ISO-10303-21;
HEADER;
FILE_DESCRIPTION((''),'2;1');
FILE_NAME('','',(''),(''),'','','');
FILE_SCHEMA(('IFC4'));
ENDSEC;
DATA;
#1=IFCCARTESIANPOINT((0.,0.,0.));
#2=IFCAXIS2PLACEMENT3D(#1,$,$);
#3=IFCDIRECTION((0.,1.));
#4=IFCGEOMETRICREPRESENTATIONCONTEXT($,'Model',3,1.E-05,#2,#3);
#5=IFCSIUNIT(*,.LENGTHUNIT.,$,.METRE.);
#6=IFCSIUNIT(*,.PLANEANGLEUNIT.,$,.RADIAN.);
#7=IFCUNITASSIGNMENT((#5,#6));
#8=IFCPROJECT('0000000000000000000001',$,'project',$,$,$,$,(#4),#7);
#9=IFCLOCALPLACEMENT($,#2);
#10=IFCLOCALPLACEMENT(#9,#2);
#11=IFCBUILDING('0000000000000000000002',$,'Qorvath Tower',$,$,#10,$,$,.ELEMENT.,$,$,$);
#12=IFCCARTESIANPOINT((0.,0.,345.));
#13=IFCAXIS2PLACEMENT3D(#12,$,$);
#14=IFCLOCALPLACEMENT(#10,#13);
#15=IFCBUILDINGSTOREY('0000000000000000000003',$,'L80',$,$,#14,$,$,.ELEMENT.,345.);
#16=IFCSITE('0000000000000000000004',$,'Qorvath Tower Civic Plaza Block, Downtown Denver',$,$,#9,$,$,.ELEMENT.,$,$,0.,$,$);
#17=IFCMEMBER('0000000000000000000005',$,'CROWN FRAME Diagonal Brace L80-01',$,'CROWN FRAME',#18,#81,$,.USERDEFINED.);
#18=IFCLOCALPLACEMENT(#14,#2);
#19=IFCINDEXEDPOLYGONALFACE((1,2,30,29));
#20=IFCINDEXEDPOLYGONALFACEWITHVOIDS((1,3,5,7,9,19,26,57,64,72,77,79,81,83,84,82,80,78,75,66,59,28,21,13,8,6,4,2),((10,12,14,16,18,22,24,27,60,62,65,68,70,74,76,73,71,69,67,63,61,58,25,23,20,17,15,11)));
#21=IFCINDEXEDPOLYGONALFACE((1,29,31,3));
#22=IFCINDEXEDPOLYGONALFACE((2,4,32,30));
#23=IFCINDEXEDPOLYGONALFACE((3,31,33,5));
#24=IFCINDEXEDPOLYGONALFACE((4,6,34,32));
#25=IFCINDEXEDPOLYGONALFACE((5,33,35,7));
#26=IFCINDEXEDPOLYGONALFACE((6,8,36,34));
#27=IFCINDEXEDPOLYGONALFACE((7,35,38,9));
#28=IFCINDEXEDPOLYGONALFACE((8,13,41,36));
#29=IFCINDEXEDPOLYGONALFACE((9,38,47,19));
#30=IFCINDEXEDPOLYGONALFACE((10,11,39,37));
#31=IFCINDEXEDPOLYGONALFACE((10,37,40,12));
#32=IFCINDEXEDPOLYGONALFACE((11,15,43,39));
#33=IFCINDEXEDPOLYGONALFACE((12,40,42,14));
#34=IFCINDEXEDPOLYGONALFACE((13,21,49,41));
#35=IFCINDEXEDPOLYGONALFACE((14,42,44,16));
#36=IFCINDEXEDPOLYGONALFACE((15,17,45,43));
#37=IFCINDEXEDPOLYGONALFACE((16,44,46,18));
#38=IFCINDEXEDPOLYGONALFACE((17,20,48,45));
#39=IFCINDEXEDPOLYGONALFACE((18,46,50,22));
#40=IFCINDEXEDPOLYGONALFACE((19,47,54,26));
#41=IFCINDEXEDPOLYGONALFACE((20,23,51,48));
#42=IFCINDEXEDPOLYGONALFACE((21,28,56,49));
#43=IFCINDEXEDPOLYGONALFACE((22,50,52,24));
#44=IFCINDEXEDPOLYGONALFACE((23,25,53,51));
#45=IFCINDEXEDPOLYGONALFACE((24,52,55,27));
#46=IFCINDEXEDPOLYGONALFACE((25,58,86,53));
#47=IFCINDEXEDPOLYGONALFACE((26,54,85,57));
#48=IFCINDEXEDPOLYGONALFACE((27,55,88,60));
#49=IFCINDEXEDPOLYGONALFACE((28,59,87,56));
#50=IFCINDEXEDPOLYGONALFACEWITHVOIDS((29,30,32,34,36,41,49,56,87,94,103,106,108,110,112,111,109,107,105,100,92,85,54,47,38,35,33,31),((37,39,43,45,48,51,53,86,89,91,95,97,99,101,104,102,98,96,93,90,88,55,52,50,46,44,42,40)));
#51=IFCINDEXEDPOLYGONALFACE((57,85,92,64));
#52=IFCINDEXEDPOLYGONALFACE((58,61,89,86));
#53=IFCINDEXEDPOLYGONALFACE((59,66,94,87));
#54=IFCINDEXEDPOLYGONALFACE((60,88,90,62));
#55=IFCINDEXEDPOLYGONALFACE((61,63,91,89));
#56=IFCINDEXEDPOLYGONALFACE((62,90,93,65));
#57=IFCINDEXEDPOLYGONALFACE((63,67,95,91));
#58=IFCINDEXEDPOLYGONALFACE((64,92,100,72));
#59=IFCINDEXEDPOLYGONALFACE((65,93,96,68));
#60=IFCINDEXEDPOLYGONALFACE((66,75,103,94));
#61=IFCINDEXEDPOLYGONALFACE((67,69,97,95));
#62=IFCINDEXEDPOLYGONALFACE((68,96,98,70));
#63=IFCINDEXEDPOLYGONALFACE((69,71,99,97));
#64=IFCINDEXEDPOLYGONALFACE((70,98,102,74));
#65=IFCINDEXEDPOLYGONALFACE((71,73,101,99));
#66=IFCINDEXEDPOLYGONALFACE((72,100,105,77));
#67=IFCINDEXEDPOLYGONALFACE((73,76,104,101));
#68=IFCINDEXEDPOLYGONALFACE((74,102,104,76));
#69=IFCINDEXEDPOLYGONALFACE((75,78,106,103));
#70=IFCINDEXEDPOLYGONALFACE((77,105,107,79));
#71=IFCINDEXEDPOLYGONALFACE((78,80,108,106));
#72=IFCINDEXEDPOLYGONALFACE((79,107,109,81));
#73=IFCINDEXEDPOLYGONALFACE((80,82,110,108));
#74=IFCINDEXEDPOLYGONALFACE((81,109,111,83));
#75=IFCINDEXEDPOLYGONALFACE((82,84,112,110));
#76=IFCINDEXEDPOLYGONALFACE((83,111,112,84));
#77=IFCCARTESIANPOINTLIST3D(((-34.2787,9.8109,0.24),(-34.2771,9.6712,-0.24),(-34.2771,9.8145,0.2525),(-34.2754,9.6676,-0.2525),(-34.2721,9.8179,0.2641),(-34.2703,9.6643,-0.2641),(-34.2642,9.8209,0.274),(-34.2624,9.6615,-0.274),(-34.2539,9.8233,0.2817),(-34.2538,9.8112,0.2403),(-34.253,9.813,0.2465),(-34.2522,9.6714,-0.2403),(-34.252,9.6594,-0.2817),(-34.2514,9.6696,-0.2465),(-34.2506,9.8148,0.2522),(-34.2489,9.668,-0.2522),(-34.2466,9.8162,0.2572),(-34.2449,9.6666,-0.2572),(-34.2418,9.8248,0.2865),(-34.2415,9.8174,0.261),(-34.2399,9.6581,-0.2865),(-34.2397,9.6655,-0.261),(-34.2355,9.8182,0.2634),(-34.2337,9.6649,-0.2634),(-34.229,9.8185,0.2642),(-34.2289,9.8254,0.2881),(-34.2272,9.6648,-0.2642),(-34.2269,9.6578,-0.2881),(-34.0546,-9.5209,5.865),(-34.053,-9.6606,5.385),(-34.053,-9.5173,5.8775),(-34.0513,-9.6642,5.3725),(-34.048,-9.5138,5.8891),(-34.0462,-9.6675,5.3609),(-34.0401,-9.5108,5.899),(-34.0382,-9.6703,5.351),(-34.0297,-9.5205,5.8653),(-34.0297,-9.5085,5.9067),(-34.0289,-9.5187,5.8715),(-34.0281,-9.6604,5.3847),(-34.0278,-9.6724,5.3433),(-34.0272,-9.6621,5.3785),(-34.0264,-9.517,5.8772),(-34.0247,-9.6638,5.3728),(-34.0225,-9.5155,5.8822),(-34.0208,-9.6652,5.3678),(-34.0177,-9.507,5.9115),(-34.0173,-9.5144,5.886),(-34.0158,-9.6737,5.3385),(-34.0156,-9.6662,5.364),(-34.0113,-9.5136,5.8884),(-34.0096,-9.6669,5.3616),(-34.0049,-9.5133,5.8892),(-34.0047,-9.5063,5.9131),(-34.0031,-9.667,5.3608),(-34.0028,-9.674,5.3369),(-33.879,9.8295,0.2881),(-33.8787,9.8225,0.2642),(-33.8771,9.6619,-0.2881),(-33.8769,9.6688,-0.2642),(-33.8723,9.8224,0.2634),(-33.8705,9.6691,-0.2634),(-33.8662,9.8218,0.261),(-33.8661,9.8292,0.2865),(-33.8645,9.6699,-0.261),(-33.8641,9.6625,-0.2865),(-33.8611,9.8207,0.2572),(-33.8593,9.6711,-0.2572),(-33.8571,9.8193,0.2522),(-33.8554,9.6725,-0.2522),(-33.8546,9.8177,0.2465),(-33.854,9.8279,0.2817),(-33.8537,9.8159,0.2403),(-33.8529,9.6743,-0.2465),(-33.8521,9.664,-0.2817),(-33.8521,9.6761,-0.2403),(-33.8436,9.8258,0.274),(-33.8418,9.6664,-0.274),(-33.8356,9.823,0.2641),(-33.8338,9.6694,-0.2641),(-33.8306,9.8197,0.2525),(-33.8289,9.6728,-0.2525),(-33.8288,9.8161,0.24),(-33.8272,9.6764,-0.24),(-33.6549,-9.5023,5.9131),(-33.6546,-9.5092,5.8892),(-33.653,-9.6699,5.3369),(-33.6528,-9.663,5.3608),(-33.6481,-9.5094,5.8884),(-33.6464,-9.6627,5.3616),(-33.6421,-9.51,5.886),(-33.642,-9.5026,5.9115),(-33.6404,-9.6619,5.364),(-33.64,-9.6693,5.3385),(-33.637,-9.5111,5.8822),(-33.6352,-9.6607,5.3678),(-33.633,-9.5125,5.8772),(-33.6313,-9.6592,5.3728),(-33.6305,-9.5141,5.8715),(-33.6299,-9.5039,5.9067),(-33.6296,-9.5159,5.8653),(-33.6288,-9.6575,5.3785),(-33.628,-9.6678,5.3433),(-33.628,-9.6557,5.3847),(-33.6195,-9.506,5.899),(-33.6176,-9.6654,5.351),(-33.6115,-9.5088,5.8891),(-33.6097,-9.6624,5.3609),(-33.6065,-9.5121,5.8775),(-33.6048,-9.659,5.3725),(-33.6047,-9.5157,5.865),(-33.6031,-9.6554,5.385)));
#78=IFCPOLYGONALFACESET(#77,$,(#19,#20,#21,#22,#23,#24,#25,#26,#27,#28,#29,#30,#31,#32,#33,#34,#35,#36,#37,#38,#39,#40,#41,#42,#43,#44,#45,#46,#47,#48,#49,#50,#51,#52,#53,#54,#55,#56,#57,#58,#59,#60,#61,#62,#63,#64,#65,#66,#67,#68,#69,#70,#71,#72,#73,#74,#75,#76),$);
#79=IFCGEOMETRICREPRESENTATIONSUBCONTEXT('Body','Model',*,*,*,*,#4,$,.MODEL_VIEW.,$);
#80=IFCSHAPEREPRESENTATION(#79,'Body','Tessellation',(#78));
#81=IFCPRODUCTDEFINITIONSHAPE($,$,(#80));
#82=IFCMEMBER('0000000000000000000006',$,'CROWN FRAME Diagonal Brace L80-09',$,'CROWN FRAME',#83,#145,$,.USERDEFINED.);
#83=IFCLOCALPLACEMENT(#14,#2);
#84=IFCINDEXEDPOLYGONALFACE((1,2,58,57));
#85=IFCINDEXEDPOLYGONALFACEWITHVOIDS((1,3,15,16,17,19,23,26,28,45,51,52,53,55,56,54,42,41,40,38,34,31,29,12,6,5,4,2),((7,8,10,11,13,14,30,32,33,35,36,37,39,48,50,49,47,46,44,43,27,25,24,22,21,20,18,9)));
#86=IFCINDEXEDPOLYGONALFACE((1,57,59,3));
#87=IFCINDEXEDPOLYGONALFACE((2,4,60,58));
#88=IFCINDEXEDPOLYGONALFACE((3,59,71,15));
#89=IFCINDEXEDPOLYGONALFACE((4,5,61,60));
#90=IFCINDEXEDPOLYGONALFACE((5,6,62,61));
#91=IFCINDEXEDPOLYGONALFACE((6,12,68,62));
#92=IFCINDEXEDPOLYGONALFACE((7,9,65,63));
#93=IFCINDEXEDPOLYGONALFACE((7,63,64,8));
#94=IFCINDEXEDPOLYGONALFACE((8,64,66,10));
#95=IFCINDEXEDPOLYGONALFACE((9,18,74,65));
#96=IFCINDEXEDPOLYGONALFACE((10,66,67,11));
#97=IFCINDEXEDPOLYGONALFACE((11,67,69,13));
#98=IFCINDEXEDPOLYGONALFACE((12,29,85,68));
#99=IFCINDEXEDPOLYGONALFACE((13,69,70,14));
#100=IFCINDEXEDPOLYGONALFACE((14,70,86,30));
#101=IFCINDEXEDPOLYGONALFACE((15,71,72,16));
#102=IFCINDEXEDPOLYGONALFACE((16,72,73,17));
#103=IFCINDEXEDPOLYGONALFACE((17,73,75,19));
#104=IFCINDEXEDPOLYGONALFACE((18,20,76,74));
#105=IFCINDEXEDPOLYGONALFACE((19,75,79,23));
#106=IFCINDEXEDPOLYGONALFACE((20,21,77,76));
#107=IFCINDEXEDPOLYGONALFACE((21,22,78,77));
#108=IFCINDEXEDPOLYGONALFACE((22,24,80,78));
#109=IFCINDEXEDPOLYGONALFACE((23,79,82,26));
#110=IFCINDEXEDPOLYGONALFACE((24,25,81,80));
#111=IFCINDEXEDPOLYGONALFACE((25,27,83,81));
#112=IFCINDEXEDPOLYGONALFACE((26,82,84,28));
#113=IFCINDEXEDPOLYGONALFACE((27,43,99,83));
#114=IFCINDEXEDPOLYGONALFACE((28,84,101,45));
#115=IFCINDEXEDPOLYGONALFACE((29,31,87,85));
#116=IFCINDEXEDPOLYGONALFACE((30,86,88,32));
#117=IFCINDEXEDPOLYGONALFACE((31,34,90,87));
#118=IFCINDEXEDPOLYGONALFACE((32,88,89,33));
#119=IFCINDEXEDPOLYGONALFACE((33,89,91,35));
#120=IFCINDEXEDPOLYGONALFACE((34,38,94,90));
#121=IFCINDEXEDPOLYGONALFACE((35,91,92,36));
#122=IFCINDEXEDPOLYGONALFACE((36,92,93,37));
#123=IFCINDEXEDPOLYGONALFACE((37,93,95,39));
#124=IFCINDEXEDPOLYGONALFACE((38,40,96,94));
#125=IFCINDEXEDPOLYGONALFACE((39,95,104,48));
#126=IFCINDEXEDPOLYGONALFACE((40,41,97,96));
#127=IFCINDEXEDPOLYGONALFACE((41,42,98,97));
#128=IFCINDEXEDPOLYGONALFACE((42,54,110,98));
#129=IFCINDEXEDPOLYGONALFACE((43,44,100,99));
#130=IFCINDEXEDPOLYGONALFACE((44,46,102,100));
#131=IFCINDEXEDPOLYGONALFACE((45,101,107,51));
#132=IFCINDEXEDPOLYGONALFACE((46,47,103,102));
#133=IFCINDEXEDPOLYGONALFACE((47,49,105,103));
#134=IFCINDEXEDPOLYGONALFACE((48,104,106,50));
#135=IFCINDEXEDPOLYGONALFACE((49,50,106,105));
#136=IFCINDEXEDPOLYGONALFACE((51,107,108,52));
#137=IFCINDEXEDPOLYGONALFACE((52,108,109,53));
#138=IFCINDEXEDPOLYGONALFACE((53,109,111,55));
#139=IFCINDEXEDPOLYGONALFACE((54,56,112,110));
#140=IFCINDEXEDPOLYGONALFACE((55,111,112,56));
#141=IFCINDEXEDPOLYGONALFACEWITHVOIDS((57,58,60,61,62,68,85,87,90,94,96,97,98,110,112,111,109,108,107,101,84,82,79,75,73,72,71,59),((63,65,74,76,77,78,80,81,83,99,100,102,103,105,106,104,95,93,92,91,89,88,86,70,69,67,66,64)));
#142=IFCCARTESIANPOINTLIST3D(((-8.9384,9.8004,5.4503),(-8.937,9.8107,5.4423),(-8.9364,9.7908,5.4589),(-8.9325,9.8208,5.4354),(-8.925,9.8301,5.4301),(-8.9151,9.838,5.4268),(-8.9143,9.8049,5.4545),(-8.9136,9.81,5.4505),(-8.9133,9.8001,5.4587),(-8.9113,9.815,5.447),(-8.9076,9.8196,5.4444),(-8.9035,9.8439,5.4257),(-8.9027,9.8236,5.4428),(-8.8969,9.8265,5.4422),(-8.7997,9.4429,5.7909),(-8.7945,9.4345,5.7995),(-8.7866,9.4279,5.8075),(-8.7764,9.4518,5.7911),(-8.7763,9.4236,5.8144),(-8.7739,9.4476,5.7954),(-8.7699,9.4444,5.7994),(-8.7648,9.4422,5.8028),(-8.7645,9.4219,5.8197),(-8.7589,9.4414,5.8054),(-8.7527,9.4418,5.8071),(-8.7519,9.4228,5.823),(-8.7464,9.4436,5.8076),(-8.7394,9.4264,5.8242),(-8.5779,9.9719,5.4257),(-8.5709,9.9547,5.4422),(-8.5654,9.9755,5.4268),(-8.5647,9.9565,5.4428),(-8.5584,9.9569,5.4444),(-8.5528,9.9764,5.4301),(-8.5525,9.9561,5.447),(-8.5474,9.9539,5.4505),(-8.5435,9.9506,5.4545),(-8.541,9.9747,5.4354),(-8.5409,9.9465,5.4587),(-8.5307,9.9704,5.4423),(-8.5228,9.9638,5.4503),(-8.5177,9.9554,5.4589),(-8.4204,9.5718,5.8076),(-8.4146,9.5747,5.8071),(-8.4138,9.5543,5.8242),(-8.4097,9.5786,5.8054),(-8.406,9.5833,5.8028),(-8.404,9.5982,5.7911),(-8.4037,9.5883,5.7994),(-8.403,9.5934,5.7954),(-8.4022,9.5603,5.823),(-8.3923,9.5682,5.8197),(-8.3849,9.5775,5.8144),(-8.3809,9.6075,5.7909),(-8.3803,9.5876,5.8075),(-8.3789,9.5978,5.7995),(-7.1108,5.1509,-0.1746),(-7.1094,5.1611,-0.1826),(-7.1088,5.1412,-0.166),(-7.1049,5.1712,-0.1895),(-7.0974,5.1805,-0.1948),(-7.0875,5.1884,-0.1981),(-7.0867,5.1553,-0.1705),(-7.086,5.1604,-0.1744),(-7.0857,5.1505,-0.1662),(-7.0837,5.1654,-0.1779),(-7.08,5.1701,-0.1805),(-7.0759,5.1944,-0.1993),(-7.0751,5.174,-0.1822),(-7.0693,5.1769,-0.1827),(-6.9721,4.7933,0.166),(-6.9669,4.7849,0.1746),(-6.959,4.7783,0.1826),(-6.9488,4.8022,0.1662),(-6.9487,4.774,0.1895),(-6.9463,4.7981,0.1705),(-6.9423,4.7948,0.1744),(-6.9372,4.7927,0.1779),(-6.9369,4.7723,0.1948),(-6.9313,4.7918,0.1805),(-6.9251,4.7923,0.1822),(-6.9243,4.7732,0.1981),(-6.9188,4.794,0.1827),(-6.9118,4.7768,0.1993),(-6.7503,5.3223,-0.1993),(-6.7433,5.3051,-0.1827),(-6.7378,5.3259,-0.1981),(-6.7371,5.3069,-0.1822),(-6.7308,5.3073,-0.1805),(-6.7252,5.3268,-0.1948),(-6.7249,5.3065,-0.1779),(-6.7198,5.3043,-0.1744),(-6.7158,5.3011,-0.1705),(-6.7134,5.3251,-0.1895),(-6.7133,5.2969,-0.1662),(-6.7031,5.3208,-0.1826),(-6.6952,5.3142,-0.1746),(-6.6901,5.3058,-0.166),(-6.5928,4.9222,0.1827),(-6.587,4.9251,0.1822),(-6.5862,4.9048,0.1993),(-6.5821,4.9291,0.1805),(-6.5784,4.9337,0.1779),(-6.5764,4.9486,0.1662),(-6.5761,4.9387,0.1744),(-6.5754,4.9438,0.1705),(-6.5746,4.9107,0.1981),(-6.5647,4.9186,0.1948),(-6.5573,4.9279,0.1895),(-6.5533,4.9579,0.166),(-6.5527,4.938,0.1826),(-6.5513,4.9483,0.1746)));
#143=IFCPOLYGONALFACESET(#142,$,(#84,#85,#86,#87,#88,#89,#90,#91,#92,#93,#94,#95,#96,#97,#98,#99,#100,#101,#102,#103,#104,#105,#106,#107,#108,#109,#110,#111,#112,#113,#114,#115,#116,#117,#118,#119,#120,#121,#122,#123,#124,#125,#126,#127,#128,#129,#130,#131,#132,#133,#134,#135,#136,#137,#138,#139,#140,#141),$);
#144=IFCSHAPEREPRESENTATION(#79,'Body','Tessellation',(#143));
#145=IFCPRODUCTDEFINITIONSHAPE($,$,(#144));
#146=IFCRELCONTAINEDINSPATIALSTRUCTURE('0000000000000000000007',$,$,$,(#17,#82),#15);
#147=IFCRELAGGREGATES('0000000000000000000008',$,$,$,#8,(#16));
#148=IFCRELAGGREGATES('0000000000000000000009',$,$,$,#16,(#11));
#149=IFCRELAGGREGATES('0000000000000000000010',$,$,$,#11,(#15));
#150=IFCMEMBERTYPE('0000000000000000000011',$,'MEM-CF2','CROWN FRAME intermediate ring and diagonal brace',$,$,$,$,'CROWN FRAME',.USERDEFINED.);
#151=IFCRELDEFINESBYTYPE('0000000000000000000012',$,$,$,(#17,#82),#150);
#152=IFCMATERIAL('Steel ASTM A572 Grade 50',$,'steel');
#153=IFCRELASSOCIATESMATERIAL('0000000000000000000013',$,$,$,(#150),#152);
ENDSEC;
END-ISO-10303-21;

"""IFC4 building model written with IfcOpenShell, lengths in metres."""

from ifc_helpers import new_model, si_unit, direction, frame, origin, origin_2d, place, context, subcontext, project, spatial, hollow_rectangle, extrude, material, material_profile, profile_set, type_object, element, save


model = new_model("IFC4")

# Units and contexts
model_context = context("Model", 3, precision=1e-05, world=origin(), true_north=direction((0.0, 1.0)))
body_context = subcontext(model_context, "Body", "Model", "MODEL_VIEW")
ifc_project = project(units=[si_unit("LENGTHUNIT", "METRE"), si_unit("PLANEANGLEUNIT", "RADIAN")], contexts=[model_context])

# Site, building, storey
site_placement = place(None, origin())
site = spatial("IfcSite", under=ifc_project, at=site_placement, Name="Qorvath Tower Civic Plaza Block, Downtown Denver", CompositionType="ELEMENT", RefElevation=0.0)
building_placement = place(site_placement, origin())
building = spatial("IfcBuilding", under=site, at=building_placement, Name="Qorvath Tower", CompositionType="ELEMENT")
storey_placement = place(building_placement, frame((0.0, 0.0, 345.0)))
storey = spatial("IfcBuildingStorey", under=building, at=storey_placement, Name="L80", CompositionType="ELEMENT", Elevation=345.0)

# Members
ifc_material_1 = material(Name="Steel ASTM A572 Grade 50", Category="steel")
ifc_material_profile_1 = material_profile(ifc_material_1, hollow_rectangle(XDim=0.45, YDim=0.6001, WallThickness=0.0249, InnerFilletRadius=0.0249, OuterFilletRadius=0.05, at=origin_2d()), Name="CROWN BOX 600x450x25")
ifc_profile_set_1 = profile_set([ifc_material_profile_1], Name="Steel ASTM A572 Grade 50")
member_type_1 = type_object("IfcMemberType", Name="MEM-CF2", Description="CROWN FRAME intermediate ring and diagonal brace", ElementType="CROWN FRAME", PredefinedType="USERDEFINED", material=ifc_profile_set_1)
member_1_placement = place(storey_placement, frame((-34.053, 9.7437, 0.0), z_axis=(0.011131, -0.96012, 0.279368), x_axis=(0.999933, 0.011593, 0.0)))
element("IfcMember", 1, at=member_1_placement, inside=storey, type_object=member_type_1, Name="CROWN FRAME Diagonal Brace L80-01", ObjectType="CROWN FRAME", PredefinedType="USERDEFINED", context=body_context, shape_type="SweptSolid", body=[
    extrude(hollow_rectangle(XDim=0.45, YDim=0.6001, WallThickness=0.0249, InnerFilletRadius=0.0249, OuterFilletRadius=0.05, at=origin_2d()), origin(), (0.0, 0.0, 1.0), 20.1348),
])
member_2_placement = place(storey_placement, frame((-6.8311, 5.0496, 0.0), z_axis=(-0.24293, 0.618034, 0.747676), x_axis=(-0.930684, -0.365823, 0.0)))
element("IfcMember", 2, at=member_2_placement, inside=storey, type_object=member_type_1, Name="CROWN FRAME Diagonal Brace L80-09", ObjectType="CROWN FRAME", PredefinedType="USERDEFINED", context=body_context, shape_type="SweptSolid", body=[
    extrude(hollow_rectangle(XDim=0.45, YDim=0.6001, WallThickness=0.0249, InnerFilletRadius=0.0249, OuterFilletRadius=0.05, at=origin_2d()), origin(), (0.0, 0.0, 1.0), 7.5232),
])

save(model, "model.ifc")
